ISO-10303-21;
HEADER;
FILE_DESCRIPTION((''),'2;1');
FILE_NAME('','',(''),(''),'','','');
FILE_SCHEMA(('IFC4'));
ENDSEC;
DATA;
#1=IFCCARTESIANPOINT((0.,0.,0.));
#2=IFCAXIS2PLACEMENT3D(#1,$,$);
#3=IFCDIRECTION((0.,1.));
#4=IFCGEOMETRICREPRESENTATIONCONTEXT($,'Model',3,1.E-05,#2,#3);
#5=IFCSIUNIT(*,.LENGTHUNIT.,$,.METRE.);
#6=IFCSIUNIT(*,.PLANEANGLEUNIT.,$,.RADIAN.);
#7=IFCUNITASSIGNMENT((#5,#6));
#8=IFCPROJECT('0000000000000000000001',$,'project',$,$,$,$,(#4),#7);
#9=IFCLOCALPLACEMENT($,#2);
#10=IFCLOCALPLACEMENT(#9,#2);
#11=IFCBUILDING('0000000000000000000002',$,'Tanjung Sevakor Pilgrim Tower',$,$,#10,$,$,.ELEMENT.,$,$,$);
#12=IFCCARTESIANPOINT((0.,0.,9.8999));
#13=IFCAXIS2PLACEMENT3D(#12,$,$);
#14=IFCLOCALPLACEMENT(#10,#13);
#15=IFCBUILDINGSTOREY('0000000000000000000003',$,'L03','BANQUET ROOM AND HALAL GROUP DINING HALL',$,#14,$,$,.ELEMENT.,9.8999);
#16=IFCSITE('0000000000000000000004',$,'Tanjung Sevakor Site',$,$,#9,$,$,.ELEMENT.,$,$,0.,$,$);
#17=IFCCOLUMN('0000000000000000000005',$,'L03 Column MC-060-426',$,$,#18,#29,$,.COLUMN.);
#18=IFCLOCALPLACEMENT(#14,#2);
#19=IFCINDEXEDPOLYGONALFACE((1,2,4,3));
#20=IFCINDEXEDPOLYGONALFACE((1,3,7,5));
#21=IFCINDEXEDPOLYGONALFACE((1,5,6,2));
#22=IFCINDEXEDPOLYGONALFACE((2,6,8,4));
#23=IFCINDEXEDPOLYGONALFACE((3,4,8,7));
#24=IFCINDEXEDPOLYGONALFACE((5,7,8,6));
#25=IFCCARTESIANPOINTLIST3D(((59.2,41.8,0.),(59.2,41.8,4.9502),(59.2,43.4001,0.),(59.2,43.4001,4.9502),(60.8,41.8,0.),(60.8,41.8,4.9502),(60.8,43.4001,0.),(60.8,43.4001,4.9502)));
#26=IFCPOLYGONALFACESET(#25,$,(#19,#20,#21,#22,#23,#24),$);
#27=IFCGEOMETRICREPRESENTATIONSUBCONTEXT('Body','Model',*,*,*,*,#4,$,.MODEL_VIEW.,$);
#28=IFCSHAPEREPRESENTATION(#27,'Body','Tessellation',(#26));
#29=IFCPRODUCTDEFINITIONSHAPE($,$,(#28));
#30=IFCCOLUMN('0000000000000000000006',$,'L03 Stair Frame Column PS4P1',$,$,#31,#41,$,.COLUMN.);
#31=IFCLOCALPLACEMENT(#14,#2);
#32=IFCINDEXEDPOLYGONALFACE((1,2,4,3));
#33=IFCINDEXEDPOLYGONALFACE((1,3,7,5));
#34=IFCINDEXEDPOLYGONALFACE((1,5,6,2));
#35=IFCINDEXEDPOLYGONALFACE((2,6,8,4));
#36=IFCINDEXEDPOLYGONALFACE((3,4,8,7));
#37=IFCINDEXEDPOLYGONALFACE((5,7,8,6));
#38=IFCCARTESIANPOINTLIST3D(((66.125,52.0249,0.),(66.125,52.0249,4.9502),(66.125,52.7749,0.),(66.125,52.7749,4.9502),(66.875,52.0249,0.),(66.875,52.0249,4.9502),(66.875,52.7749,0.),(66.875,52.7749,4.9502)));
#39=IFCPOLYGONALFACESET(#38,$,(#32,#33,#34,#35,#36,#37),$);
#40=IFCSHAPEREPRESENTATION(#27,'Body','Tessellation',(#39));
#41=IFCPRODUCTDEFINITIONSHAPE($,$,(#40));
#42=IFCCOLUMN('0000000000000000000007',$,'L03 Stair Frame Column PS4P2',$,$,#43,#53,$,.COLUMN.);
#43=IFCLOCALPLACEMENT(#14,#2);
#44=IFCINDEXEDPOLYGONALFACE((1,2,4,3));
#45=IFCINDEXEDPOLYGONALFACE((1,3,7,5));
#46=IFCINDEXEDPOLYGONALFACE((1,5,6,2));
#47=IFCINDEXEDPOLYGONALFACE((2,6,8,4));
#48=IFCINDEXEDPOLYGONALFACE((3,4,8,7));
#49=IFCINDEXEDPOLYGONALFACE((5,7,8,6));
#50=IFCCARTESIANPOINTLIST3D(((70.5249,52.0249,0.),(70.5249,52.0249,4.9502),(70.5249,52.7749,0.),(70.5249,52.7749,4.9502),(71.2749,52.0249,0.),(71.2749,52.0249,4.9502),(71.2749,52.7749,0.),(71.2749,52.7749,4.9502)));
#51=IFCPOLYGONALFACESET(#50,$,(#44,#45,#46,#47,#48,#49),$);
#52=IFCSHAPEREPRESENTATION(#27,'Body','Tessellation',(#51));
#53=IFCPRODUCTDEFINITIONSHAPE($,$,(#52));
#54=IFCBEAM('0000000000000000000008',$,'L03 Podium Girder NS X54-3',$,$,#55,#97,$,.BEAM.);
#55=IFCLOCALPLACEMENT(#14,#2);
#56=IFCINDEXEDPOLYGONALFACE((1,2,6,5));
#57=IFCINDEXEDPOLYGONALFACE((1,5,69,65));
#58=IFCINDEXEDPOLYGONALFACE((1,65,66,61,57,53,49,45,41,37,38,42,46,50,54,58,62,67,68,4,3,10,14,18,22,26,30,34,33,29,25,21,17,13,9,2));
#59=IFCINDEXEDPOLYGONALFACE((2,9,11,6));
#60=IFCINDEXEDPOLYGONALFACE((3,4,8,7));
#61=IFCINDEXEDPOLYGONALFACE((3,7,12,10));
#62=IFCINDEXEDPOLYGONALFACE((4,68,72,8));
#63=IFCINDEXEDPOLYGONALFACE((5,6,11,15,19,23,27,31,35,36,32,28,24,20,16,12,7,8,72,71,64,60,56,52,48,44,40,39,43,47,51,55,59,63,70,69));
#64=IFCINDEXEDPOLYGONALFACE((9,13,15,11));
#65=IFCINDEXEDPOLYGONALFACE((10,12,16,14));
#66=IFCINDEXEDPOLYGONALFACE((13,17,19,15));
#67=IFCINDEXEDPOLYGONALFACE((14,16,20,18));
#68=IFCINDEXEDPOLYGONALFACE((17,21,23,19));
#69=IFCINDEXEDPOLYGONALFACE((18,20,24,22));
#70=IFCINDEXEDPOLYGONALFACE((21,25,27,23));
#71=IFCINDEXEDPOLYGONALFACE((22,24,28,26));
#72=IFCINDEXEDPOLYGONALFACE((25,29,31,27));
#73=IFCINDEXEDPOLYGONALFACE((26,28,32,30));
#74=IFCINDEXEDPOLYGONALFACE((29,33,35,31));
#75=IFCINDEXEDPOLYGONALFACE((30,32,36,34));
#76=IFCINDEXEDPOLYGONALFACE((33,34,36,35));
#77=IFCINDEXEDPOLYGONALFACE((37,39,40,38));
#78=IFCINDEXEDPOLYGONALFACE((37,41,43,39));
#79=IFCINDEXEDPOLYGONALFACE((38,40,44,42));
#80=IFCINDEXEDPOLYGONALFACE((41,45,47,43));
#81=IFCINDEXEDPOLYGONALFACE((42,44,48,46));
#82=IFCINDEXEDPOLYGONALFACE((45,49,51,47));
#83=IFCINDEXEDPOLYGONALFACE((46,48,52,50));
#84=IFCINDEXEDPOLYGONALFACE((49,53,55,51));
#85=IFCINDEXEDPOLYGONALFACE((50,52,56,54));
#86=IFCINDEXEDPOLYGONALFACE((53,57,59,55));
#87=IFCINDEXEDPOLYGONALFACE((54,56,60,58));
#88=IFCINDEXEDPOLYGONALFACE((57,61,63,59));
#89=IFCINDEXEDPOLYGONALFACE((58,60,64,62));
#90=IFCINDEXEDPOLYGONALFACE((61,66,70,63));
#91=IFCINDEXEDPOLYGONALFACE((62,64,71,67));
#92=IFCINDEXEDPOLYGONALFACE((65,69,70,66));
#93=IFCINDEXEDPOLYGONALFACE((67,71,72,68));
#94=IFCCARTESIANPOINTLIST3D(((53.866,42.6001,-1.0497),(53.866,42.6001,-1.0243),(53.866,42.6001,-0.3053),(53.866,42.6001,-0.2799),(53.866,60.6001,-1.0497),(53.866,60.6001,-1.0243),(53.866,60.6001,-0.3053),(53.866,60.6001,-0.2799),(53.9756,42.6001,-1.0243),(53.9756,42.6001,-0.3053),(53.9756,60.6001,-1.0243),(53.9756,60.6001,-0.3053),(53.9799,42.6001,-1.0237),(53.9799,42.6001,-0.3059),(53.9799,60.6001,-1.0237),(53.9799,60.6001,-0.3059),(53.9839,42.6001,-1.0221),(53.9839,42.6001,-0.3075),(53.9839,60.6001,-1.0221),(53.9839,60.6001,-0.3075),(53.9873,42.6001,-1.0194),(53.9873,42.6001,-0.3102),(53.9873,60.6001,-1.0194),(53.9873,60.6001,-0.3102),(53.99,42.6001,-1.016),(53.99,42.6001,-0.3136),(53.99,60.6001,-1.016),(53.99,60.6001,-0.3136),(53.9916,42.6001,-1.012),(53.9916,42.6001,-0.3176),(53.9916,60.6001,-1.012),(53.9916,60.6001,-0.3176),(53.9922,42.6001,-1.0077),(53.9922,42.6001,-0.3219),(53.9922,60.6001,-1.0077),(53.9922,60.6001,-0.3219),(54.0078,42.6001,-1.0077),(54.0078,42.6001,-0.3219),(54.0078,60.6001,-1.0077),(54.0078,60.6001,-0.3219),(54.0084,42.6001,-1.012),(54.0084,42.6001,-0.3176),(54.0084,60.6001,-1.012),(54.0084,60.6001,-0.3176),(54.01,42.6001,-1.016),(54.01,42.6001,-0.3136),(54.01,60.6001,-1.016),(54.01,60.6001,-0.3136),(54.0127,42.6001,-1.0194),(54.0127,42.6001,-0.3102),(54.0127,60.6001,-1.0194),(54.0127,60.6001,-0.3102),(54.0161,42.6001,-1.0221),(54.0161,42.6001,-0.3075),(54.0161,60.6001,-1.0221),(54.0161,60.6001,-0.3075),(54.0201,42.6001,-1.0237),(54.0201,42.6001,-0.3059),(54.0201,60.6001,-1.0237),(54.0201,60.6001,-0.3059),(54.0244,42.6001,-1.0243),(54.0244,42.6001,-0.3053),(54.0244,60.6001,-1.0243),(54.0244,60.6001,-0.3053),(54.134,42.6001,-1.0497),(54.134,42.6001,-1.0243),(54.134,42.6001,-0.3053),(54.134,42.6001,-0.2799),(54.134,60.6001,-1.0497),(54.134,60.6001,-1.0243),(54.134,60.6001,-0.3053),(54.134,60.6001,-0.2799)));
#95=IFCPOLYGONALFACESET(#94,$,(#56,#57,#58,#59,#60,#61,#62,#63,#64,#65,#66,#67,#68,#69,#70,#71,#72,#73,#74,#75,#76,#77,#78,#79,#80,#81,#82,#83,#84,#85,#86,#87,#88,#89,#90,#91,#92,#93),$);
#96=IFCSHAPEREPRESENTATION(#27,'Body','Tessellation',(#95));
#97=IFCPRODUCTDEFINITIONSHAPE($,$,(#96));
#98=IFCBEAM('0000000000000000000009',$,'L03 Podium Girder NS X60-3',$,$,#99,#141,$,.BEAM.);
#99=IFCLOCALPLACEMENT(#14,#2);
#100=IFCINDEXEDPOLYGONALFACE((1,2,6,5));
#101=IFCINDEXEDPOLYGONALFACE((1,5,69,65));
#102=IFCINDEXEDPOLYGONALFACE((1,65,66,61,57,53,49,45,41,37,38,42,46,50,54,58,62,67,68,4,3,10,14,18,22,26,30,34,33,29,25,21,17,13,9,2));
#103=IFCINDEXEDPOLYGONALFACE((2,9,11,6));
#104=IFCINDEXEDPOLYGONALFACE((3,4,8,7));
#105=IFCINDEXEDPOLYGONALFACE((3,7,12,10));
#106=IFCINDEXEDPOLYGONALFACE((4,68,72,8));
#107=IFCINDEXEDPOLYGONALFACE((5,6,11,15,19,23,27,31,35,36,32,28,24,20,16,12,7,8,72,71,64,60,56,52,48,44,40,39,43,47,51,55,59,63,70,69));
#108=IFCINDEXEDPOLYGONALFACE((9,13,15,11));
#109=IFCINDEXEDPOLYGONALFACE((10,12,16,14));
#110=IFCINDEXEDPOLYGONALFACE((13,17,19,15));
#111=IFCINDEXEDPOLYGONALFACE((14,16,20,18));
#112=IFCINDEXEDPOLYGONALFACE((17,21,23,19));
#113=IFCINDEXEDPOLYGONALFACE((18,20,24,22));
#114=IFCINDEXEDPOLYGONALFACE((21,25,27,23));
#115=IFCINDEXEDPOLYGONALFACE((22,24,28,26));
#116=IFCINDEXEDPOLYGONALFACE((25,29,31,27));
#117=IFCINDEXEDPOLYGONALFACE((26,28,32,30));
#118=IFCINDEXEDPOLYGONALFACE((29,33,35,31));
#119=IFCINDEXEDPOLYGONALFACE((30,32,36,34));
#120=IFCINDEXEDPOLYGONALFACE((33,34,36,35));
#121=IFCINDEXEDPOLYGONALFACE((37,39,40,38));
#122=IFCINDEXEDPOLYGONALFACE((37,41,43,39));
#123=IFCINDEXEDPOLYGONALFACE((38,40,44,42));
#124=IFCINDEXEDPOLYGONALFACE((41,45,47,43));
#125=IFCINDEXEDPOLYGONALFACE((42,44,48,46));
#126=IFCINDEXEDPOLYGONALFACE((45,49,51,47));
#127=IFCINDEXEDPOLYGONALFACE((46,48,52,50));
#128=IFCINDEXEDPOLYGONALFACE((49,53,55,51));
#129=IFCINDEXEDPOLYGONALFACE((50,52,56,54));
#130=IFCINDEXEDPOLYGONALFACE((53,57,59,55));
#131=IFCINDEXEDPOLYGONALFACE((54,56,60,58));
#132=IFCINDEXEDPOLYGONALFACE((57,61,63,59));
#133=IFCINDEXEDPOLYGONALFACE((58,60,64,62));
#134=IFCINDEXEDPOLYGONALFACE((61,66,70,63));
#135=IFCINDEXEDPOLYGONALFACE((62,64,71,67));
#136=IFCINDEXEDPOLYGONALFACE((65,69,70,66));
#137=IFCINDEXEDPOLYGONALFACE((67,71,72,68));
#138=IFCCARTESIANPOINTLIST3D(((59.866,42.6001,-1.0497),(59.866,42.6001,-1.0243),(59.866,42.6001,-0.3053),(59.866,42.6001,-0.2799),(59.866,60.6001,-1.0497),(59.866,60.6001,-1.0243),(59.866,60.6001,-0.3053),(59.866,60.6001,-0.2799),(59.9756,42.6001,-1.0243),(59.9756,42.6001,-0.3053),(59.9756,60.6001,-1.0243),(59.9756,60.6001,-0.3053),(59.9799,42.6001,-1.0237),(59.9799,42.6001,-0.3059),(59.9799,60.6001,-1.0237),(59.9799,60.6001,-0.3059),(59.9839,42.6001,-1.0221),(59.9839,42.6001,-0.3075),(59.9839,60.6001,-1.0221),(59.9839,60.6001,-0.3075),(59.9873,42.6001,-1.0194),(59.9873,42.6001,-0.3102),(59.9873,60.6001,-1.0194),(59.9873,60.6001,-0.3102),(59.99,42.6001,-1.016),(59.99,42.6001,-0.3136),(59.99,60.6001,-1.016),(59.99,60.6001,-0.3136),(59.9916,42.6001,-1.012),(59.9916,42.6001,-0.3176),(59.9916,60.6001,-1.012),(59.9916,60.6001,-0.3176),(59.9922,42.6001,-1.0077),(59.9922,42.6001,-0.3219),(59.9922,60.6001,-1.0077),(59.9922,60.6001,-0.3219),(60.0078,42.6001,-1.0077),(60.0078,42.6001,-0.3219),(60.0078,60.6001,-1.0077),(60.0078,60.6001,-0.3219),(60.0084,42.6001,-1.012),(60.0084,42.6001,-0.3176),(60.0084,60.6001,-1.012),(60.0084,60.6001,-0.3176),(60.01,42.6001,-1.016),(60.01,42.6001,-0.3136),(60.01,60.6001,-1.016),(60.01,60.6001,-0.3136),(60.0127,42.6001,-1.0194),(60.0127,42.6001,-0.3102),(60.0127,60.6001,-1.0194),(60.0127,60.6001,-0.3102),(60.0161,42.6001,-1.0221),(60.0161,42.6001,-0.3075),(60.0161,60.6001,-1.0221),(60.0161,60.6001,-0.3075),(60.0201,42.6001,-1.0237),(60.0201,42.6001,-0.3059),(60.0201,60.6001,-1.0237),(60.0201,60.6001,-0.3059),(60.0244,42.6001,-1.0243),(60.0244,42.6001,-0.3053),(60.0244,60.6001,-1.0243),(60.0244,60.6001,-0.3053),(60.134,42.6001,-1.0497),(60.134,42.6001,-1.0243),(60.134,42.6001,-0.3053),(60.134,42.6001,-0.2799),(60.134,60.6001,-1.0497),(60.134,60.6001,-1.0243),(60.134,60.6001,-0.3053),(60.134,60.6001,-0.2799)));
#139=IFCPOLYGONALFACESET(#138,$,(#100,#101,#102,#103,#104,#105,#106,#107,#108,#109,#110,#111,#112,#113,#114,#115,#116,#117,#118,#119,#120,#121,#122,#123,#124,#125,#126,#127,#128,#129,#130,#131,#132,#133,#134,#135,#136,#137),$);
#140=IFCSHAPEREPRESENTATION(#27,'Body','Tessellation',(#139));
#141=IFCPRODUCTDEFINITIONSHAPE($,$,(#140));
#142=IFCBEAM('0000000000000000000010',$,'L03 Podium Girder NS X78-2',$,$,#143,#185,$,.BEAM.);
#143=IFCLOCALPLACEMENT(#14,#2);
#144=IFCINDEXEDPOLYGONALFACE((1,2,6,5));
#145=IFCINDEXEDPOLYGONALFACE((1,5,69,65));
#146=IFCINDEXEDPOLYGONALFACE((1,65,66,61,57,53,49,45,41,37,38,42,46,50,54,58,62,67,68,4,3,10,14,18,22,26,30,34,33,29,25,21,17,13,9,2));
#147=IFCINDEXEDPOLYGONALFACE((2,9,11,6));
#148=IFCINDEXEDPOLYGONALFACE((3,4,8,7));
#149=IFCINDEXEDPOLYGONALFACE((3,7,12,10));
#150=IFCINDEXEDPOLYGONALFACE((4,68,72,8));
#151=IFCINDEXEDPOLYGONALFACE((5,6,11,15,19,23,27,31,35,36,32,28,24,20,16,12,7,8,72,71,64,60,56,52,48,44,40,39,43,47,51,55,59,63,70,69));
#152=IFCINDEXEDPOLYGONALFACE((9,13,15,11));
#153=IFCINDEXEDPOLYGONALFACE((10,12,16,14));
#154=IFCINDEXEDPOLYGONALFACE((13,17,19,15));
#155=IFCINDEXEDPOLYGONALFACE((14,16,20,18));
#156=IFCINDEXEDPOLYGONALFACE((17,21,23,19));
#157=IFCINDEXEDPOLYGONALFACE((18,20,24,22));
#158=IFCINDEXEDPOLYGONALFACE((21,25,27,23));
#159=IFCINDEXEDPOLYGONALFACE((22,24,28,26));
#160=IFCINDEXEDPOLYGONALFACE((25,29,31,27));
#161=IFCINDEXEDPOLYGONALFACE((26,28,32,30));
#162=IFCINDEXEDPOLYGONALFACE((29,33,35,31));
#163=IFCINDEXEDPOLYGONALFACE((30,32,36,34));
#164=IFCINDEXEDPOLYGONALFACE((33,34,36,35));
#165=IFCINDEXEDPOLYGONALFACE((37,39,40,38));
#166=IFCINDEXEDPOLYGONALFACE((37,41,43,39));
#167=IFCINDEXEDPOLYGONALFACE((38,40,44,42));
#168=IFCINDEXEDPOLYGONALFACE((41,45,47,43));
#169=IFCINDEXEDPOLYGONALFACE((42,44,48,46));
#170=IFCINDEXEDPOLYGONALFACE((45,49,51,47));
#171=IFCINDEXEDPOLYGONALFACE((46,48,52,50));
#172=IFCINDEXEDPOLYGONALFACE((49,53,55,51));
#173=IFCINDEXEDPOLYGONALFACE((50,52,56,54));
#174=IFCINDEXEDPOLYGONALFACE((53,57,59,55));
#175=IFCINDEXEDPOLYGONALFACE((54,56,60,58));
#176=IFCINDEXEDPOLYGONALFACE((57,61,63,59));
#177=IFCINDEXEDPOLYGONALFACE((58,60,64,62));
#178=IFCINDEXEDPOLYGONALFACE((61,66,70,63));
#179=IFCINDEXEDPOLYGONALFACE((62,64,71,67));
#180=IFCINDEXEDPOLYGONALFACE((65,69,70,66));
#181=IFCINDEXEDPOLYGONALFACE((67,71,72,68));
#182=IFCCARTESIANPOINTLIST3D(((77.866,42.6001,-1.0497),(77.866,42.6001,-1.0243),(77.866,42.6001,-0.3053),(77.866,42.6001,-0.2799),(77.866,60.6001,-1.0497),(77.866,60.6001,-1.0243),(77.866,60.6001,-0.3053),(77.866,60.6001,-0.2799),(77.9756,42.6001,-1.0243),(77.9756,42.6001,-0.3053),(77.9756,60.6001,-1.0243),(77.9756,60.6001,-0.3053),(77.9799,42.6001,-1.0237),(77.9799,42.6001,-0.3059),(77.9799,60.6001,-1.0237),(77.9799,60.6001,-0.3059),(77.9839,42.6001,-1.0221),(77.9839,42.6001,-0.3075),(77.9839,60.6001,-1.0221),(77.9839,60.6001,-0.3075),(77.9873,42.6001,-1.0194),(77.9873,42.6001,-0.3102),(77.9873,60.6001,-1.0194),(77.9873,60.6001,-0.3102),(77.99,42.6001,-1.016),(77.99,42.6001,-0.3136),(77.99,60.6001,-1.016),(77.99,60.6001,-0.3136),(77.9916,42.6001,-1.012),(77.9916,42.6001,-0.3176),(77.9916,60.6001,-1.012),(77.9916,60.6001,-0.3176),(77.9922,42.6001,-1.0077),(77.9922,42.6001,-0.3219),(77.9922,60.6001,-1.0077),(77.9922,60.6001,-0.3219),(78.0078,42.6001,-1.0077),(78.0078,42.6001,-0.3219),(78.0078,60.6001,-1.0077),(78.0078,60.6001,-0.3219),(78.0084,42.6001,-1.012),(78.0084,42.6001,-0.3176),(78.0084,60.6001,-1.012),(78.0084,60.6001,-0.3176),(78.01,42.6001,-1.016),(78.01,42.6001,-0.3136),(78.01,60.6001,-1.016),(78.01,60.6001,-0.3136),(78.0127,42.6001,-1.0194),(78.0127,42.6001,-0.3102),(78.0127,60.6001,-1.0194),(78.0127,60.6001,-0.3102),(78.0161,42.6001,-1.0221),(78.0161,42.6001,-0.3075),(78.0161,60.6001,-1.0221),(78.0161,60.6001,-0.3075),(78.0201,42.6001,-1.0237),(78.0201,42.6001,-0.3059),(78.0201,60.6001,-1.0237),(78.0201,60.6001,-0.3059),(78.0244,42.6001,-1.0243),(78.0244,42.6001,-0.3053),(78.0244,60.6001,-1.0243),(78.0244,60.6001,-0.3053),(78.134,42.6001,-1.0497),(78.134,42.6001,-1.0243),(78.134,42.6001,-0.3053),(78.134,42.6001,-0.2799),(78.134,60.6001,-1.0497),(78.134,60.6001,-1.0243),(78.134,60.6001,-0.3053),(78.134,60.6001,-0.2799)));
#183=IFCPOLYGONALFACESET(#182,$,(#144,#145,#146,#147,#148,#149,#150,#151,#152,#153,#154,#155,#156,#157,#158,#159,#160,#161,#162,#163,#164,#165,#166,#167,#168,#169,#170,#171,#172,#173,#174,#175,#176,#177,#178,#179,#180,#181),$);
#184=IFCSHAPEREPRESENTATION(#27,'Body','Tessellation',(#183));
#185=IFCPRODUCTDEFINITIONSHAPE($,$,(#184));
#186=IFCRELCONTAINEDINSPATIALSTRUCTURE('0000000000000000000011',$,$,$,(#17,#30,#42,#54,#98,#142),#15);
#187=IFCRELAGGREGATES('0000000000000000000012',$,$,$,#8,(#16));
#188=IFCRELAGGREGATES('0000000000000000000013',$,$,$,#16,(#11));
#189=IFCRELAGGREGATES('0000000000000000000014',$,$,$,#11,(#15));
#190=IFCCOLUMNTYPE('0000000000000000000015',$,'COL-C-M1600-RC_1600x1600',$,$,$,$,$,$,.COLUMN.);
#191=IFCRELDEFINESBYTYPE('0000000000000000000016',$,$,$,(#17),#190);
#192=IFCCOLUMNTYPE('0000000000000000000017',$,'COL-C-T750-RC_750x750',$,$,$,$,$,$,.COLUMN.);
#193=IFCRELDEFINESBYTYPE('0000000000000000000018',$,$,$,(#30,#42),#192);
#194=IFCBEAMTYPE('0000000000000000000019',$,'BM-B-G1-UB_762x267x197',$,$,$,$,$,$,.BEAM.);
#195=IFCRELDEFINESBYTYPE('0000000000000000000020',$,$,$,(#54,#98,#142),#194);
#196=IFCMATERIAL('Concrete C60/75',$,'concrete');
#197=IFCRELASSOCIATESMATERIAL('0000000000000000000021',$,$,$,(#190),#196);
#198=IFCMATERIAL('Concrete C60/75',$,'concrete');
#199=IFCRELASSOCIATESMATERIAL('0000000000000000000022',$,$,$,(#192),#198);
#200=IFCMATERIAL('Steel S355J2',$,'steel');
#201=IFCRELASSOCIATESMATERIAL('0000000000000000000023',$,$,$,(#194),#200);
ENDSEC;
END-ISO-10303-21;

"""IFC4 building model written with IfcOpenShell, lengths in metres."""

from ifc_helpers import new_model, si_unit, direction, frame, origin, origin_2d, place, context, subcontext, project, spatial, rectangle, i_section, extrude, material, material_profile, profile_set, type_object, element, save


model = new_model("IFC4")

# Units and contexts
model_context = context("Model", 3, precision=1e-05, world=origin(), true_north=direction((0.0, 1.0)))
body_context = subcontext(model_context, "Body", "Model", "MODEL_VIEW")
ifc_project = project(units=[si_unit("LENGTHUNIT", "METRE"), si_unit("PLANEANGLEUNIT", "RADIAN")], contexts=[model_context])

# Site, building, storey
site_placement = place(None, origin())
site = spatial("IfcSite", under=ifc_project, at=site_placement, Name="Tanjung Sevakor Site", CompositionType="ELEMENT", RefElevation=0.0)
building_placement = place(site_placement, origin())
building = spatial("IfcBuilding", under=site, at=building_placement, Name="Tanjung Sevakor Pilgrim Tower", CompositionType="ELEMENT")
storey_placement = place(building_placement, frame((0.0, 0.0, 9.8999)))
storey = spatial("IfcBuildingStorey", under=building, at=storey_placement, Name="L03", Description="BANQUET ROOM AND HALAL GROUP DINING HALL", CompositionType="ELEMENT", Elevation=9.8999)

# Columns
ifc_material_1 = material(Name="Concrete C60/75", Category="concrete")
ifc_material_profile_1 = material_profile(ifc_material_1, rectangle(XDim=1.6001, YDim=1.6001, at=origin_2d()))
ifc_profile_set_1 = profile_set([ifc_material_profile_1], Name="Concrete C60/75")
column_type_1 = type_object("IfcColumnType", Name="COL-C-M1600-RC_1600x1600", PredefinedType="COLUMN", material=ifc_profile_set_1)
column_placement = place(storey_placement, frame((60.0, 42.6001, 0.0), z_axis=(0.0, 0.0, 1.0), x_axis=(1.0, 0.0, 0.0)))
element("IfcColumn", 1, at=column_placement, inside=storey, type_object=column_type_1, Name="L03 Column MC-060-426", PredefinedType="COLUMN", context=body_context, shape_type="SweptSolid", body=[
    extrude(rectangle(XDim=1.6001, YDim=1.6001, at=origin_2d()), origin(), (0.0, 0.0, 1.0), 4.9502),
])
ifc_material_2 = material(Name="Concrete C60/75", Category="concrete")
ifc_material_profile_2 = material_profile(ifc_material_2, rectangle(XDim=0.75, YDim=0.75, at=origin_2d()))
ifc_profile_set_2 = profile_set([ifc_material_profile_2], Name="Concrete C60/75")
column_type_2 = type_object("IfcColumnType", Name="COL-C-T750-RC_750x750", PredefinedType="COLUMN", material=ifc_profile_set_2)
for number, where, z_axis, x_axis, name in (
    (2, (66.5, 52.3999, 0.0), (0.0, 0.0, 1.0), (1.0, 0.0, 0.0), "L03 Stair Frame Column PS4P1"),
    (3, (70.8999, 52.3999, 0.0), (0.0, 0.0, 1.0), (1.0, 0.0, 0.0), "L03 Stair Frame Column PS4P2"),
):
    element("IfcColumn", number, at=place(storey_placement, frame(where, z_axis=z_axis, x_axis=x_axis)), inside=storey, type_object=column_type_2, Name=name, PredefinedType="COLUMN", context=body_context, shape_type="SweptSolid", body=[
        extrude(rectangle(XDim=0.75, YDim=0.75, at=origin_2d()), origin(), (0.0, 0.0, 1.0), 4.9502),
    ])

# Beams
ifc_material_3 = material(Name="Steel S355J2", Category="steel")
ifc_material_profile_3 = material_profile(ifc_material_3, i_section(OverallWidth=0.2681, OverallDepth=0.7698, WebThickness=0.0156, FlangeThickness=0.0254, FilletRadius=0.0166, at=origin_2d()))
ifc_profile_set_3 = profile_set([ifc_material_profile_3], Name="Steel S355J2")
beam_type_1 = type_object("IfcBeamType", Name="BM-B-G1-UB_762x267x197", PredefinedType="BEAM", material=ifc_profile_set_3)
for number, where, z_axis, x_axis, name in (
    (4, (54.0, 42.6001, -0.6648), (0.0, 1.0, 0.0), (-1.0, 0.0, 0.0), "L03 Podium Girder NS X54-3"),
    (5, (60.0, 42.6001, -0.6648), (0.0, 1.0, 0.0), (-1.0, 0.0, 0.0), "L03 Podium Girder NS X60-3"),
    (6, (78.0, 42.6001, -0.6648), (0.0, 1.0, 0.0), (-1.0, 0.0, 0.0), "L03 Podium Girder NS X78-2"),
):
    element("IfcBeam", number, at=place(storey_placement, frame(where, z_axis=z_axis, x_axis=x_axis)), inside=storey, type_object=beam_type_1, Name=name, PredefinedType="BEAM", context=body_context, shape_type="SweptSolid", body=[
        extrude(i_section(OverallWidth=0.2681, OverallDepth=0.7698, WebThickness=0.0156, FlangeThickness=0.0254, FilletRadius=0.0166, at=origin_2d()), origin(), (0.0, 0.0, 1.0), 18.0),
    ])

save(model, "model.ifc")
